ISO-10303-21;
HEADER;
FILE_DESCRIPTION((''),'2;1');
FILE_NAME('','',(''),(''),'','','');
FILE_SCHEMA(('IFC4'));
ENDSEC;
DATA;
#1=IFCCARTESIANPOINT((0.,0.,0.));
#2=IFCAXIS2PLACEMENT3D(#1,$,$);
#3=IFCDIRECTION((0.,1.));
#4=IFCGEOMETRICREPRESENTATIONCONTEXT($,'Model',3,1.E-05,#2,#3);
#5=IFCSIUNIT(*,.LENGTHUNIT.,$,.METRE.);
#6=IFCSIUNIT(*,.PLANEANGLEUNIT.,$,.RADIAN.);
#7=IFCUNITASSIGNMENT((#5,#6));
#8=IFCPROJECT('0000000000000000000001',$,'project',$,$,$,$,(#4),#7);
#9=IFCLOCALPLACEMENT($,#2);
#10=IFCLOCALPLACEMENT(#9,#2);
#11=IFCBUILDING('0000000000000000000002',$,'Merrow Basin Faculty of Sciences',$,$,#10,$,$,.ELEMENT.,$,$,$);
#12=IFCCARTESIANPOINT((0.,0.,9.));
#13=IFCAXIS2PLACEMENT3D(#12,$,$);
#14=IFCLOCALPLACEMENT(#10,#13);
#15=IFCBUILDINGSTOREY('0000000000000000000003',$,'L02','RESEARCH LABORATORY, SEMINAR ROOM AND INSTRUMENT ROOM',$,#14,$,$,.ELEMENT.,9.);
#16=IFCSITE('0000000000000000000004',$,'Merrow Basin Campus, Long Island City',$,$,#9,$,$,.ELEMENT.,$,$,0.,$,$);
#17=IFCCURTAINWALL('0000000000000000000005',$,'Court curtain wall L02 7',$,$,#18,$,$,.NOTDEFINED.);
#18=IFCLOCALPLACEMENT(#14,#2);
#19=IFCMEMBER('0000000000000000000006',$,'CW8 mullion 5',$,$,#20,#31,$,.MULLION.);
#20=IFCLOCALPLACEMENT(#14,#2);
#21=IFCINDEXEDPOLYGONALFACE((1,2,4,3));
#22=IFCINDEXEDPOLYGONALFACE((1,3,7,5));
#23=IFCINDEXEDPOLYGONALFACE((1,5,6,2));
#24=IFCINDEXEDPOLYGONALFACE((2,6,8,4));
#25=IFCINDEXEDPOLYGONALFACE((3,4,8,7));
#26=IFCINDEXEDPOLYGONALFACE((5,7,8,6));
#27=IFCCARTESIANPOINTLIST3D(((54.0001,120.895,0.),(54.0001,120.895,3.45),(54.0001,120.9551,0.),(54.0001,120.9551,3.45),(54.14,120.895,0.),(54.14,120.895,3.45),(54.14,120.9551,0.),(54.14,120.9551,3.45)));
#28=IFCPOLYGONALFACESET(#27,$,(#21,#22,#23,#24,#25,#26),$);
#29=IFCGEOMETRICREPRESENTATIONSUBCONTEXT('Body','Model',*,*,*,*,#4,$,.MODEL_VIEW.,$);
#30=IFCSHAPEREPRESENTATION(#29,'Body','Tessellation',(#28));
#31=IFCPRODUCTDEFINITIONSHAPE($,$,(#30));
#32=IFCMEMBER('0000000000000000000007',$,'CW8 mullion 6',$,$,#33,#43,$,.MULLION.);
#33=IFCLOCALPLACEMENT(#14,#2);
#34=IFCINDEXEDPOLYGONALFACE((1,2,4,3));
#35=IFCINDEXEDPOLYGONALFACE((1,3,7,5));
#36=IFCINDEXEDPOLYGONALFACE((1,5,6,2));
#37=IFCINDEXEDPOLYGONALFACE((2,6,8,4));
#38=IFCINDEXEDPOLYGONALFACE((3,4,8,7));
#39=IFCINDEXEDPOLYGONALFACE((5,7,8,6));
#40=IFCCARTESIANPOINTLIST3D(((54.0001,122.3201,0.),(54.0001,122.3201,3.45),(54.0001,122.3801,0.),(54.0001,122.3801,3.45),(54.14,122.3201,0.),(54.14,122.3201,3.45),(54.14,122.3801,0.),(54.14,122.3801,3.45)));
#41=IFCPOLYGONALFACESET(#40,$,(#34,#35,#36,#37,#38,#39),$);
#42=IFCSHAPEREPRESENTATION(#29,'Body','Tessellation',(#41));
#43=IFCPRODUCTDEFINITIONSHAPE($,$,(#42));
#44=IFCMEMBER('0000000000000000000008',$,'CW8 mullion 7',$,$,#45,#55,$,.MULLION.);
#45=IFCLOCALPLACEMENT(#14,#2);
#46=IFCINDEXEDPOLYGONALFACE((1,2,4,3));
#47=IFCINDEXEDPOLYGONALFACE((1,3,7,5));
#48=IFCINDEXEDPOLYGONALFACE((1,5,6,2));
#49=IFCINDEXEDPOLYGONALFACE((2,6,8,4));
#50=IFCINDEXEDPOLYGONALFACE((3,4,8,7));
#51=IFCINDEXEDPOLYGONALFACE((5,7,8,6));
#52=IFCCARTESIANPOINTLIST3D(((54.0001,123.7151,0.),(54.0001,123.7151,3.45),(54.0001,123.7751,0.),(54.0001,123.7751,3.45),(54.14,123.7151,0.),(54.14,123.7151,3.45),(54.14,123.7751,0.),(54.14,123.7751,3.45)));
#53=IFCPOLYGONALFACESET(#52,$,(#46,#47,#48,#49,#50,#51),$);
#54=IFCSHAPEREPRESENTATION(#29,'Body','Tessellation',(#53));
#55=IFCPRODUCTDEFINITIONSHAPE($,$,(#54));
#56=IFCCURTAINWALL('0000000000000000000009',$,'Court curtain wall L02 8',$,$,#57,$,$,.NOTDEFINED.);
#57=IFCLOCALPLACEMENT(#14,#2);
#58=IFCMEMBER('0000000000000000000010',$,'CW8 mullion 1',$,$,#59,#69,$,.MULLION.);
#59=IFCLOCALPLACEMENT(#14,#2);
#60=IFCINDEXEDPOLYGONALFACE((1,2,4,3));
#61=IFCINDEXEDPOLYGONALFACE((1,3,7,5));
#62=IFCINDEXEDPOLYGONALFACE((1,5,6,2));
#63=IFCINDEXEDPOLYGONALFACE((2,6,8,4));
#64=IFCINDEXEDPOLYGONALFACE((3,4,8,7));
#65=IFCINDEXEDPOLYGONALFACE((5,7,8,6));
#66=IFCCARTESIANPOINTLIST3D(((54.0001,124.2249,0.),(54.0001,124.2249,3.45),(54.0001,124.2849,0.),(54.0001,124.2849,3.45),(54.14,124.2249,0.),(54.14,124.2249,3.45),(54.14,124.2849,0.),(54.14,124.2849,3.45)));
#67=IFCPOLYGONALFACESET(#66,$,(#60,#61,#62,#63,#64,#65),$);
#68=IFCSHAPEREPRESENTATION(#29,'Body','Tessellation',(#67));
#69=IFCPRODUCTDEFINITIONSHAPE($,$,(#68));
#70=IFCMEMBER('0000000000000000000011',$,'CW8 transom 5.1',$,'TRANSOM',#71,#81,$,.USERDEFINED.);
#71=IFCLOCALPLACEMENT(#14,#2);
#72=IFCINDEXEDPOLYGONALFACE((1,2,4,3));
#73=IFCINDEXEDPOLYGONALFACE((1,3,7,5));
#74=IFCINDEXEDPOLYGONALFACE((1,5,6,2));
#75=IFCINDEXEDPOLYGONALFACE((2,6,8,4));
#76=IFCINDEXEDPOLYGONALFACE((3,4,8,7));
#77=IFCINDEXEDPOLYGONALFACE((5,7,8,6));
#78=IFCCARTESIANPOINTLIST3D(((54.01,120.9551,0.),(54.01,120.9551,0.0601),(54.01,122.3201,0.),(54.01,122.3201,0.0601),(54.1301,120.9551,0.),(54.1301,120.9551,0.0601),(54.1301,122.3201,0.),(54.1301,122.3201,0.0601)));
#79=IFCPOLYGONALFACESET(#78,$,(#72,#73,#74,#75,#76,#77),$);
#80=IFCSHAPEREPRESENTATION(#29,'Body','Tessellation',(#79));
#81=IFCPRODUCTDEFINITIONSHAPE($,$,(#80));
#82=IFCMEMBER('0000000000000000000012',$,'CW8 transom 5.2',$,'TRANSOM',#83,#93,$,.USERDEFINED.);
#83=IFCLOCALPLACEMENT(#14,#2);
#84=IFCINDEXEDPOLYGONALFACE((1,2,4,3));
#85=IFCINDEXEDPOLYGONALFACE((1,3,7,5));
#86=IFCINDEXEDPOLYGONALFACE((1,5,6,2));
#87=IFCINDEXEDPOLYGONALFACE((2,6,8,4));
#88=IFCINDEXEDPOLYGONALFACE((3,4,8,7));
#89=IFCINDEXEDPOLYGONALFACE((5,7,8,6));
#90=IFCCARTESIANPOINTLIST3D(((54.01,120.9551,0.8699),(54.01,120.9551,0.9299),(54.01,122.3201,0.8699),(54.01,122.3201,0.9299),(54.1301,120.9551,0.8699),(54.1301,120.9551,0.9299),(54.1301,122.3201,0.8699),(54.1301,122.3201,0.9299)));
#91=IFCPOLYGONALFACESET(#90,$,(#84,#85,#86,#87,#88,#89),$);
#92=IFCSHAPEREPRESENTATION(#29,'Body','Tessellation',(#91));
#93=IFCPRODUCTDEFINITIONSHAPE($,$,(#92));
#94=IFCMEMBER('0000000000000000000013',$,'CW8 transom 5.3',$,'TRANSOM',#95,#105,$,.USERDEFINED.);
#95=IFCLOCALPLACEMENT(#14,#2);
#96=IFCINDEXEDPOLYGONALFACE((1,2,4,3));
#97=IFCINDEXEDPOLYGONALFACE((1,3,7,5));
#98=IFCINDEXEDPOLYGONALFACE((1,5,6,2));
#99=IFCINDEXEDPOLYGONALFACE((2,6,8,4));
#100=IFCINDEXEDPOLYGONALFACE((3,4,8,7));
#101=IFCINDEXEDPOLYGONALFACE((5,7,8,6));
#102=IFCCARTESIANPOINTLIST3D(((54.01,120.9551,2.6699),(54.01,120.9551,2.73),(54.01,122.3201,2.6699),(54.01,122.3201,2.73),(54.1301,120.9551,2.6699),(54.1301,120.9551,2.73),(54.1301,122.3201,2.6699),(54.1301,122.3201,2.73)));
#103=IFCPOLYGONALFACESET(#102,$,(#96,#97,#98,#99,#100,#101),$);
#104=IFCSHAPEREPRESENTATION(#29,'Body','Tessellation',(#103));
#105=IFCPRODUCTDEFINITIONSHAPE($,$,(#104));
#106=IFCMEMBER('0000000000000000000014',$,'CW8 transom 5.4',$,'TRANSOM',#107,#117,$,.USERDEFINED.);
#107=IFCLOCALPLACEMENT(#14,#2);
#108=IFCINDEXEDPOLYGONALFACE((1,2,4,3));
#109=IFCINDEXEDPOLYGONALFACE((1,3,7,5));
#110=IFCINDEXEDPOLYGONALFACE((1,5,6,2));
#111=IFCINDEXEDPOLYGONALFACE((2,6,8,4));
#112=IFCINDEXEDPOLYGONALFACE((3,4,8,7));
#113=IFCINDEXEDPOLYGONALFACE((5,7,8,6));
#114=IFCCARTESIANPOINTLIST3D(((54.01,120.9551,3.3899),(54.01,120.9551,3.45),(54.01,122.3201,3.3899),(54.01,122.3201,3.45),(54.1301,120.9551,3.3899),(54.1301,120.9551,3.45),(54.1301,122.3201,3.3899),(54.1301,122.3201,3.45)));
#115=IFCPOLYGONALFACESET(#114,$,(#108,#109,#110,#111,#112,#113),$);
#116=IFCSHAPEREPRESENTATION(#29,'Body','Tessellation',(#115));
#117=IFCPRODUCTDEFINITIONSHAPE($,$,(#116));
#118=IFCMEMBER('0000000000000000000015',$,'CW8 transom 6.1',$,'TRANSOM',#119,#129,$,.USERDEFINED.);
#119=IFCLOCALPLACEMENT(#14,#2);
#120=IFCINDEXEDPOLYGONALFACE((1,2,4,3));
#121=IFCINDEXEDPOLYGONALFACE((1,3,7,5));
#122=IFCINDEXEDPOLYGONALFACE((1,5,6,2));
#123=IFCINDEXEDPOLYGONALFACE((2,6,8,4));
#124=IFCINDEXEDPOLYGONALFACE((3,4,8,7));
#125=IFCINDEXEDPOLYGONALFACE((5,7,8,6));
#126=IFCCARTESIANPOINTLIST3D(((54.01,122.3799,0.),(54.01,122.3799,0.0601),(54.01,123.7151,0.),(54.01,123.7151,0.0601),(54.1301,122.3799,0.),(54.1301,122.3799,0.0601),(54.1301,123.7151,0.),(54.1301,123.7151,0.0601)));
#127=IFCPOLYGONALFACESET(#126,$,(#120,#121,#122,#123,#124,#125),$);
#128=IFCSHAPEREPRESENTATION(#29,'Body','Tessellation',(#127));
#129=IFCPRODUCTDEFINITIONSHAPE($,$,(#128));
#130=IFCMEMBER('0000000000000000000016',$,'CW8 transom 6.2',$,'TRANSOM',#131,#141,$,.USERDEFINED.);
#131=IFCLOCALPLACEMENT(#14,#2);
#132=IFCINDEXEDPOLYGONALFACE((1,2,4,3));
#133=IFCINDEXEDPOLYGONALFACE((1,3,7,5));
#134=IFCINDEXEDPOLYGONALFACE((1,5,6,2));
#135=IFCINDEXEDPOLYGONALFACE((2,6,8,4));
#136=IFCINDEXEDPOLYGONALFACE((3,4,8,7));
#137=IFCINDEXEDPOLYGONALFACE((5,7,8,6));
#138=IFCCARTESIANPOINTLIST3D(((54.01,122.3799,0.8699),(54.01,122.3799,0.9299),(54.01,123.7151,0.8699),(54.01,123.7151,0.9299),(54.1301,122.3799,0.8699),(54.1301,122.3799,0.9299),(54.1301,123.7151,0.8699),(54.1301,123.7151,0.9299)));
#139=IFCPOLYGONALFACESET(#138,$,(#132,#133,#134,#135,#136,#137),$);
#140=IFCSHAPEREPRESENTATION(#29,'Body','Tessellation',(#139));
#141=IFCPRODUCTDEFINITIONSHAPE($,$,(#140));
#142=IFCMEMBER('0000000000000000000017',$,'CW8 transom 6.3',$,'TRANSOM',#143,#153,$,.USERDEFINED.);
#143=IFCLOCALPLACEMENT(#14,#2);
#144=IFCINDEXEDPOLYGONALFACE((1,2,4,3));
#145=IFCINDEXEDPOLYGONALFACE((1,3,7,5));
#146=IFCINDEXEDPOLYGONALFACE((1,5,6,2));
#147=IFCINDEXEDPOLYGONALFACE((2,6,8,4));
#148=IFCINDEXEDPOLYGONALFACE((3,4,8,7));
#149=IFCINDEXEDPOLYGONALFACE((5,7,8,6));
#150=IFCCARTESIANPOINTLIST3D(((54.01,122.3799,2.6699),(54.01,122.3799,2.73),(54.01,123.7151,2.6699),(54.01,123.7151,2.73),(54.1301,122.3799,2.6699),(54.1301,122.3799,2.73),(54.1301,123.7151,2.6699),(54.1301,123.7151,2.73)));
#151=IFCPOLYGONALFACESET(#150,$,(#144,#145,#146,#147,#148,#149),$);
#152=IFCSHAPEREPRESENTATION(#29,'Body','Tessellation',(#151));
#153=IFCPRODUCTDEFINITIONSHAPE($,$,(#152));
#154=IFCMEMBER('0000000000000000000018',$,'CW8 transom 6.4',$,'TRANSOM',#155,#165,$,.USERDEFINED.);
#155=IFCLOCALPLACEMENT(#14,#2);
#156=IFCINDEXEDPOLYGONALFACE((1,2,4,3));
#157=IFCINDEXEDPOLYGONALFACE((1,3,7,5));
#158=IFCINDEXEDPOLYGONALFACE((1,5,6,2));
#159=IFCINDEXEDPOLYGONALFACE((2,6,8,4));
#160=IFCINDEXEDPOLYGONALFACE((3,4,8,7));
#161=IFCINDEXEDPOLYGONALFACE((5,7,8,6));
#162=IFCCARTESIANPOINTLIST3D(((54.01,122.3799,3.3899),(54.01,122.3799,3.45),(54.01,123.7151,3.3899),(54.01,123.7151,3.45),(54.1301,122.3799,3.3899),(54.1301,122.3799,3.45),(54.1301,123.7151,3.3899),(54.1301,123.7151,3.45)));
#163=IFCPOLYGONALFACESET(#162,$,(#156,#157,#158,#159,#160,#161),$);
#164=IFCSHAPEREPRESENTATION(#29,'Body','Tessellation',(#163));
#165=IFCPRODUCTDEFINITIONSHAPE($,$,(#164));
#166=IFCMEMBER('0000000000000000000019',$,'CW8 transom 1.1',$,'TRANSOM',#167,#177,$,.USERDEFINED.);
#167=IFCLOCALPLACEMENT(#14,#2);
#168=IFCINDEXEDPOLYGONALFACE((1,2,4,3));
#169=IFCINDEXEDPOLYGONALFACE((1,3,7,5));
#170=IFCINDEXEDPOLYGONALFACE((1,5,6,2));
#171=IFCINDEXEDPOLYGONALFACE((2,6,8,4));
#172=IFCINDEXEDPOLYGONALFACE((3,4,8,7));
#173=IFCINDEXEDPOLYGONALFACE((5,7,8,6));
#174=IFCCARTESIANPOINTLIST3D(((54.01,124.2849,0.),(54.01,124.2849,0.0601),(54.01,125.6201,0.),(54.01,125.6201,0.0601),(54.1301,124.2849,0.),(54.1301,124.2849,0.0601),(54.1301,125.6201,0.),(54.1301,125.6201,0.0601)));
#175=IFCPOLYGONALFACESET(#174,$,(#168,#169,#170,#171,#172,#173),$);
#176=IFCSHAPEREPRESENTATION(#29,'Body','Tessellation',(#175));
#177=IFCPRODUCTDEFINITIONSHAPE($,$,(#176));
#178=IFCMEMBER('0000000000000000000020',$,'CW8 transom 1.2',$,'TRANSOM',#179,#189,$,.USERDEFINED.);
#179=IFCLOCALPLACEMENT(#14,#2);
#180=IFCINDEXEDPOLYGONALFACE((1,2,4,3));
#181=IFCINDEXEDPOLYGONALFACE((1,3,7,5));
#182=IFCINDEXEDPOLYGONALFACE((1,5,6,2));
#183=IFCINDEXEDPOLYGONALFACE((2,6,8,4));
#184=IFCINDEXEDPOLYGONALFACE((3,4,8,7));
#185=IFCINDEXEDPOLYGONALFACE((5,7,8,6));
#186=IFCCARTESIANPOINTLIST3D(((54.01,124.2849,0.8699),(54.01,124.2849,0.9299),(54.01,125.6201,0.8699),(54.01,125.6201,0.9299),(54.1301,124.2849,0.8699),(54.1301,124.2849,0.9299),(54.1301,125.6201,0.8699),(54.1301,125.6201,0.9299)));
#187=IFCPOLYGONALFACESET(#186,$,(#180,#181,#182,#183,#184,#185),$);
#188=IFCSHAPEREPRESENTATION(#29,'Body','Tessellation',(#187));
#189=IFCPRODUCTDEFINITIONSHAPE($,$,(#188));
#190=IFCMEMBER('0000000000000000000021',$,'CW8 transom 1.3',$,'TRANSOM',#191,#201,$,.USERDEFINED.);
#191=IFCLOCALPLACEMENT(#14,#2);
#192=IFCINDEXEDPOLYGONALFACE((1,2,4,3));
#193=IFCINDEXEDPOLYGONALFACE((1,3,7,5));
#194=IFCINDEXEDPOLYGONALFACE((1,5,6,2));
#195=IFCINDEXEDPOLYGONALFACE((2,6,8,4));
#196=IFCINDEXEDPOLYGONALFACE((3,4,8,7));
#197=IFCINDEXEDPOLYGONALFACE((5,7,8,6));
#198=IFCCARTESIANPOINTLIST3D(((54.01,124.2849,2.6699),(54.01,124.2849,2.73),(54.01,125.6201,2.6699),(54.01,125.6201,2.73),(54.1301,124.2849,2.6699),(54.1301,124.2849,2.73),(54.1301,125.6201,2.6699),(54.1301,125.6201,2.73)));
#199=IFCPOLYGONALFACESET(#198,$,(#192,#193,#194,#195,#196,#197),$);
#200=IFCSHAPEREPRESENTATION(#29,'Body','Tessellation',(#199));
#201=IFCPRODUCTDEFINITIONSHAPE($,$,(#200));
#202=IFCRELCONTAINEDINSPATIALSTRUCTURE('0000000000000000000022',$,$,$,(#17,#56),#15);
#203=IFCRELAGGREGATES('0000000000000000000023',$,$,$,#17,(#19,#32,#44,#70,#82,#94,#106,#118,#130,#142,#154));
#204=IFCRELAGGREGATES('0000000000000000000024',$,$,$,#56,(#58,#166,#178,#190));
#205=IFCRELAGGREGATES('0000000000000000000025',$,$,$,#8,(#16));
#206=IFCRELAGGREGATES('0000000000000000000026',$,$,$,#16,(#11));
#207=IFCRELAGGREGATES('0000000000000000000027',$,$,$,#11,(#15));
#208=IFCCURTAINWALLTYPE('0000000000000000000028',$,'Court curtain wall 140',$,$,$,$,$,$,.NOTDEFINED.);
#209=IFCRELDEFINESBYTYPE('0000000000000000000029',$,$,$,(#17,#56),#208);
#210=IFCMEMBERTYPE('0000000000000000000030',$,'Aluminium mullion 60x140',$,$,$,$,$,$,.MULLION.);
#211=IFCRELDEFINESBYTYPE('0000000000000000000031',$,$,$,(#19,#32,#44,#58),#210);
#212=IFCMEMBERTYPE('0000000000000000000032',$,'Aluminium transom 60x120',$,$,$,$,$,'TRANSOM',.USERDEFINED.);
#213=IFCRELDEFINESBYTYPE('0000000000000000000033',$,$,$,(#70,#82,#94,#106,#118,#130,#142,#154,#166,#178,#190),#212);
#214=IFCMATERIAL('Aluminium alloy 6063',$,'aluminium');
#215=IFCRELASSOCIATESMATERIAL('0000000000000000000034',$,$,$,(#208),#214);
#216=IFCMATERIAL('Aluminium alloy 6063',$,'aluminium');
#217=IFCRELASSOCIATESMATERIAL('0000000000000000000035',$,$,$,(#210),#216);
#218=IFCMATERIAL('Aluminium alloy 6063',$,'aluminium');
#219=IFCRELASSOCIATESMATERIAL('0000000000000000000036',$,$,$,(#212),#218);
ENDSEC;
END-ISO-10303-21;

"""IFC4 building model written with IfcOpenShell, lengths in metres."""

from ifc_helpers import new_model, si_unit, direction, frame, origin, origin_2d, place, context, subcontext, project, spatial, rectangle, extrude, material, material_profile, profile_set, type_object, element, aggregate, save


model = new_model("IFC4")

# Units and contexts
model_context = context("Model", 3, precision=1e-05, world=origin(), true_north=direction((0.0, 1.0)))
body_context = subcontext(model_context, "Body", "Model", "MODEL_VIEW")
ifc_project = project(units=[si_unit("LENGTHUNIT", "METRE"), si_unit("PLANEANGLEUNIT", "RADIAN")], contexts=[model_context])

# Site, building, storey
site_placement = place(None, origin())
site = spatial("IfcSite", under=ifc_project, at=site_placement, Name="Merrow Basin Campus, Long Island City", CompositionType="ELEMENT", RefElevation=0.0)
building_placement = place(site_placement, origin())
building = spatial("IfcBuilding", under=site, at=building_placement, Name="Merrow Basin Faculty of Sciences", CompositionType="ELEMENT")
storey_placement = place(building_placement, frame((0.0, 0.0, 9.0)))
storey = spatial("IfcBuildingStorey", under=building, at=storey_placement, Name="L02", Description="RESEARCH LABORATORY, SEMINAR ROOM AND INSTRUMENT ROOM", CompositionType="ELEMENT", Elevation=9.0)

# Curtain wall, members
ifc_material_1 = material(Name="Aluminium alloy 6063", Category="aluminium")
curtain_wall_type = type_object("IfcCurtainWallType", Name="Court curtain wall 140", PredefinedType="NOTDEFINED", material=ifc_material_1)
curtain_wall_1_placement = place(storey_placement, origin())
curtain_wall_1 = element("IfcCurtainWall", 1, at=curtain_wall_1_placement, inside=storey, type_object=curtain_wall_type, Name="Court curtain wall L02 7", PredefinedType="NOTDEFINED")
ifc_material_2 = material(Name="Aluminium alloy 6063", Category="aluminium")
ifc_material_profile_1 = material_profile(ifc_material_2, rectangle(XDim=0.1399, YDim=0.0601, at=origin_2d()))
ifc_profile_set_1 = profile_set([ifc_material_profile_1], Name="Aluminium alloy 6063")
member_type_1 = type_object("IfcMemberType", Name="Aluminium mullion 60x140", PredefinedType="MULLION", material=ifc_profile_set_1)
member_1_placement = place(storey_placement, frame((54.0701, 120.925, 0.0), z_axis=(0.0, 0.0, 1.0), x_axis=(-1.0, 0.0, 0.0)))
member_1 = element("IfcMember", 2, at=member_1_placement, type_object=member_type_1, Name="CW8 mullion 5", PredefinedType="MULLION", context=body_context, shape_type="SweptSolid", body=[
    extrude(rectangle(XDim=0.1399, YDim=0.0601, at=origin_2d()), origin(), (0.0, 0.0, 1.0), 3.45),
])
member_2_placement = place(storey_placement, frame((54.0701, 122.3501, 0.0), z_axis=(0.0, 0.0, 1.0), x_axis=(-1.0, 0.0, 0.0)))
member_2 = element("IfcMember", 3, at=member_2_placement, type_object=member_type_1, Name="CW8 mullion 6", PredefinedType="MULLION", context=body_context, shape_type="SweptSolid", body=[
    extrude(rectangle(XDim=0.1399, YDim=0.0601, at=origin_2d()), origin(), (0.0, 0.0, 1.0), 3.45),
])
member_3_placement = place(storey_placement, frame((54.0701, 123.7451, 0.0), z_axis=(0.0, 0.0, 1.0), x_axis=(-1.0, 0.0, 0.0)))
member_3 = element("IfcMember", 4, at=member_3_placement, type_object=member_type_1, Name="CW8 mullion 7", PredefinedType="MULLION", context=body_context, shape_type="SweptSolid", body=[
    extrude(rectangle(XDim=0.1399, YDim=0.0601, at=origin_2d()), origin(), (0.0, 0.0, 1.0), 3.45),
])

# Curtain wall, member
curtain_wall_2_placement = place(storey_placement, origin())
curtain_wall_2 = element("IfcCurtainWall", 5, at=curtain_wall_2_placement, inside=storey, type_object=curtain_wall_type, Name="Court curtain wall L02 8", PredefinedType="NOTDEFINED")
member_4_placement = place(storey_placement, frame((54.0701, 124.2549, 0.0), z_axis=(0.0, 0.0, 1.0), x_axis=(-1.0, 0.0, 0.0)))
member_4 = element("IfcMember", 6, at=member_4_placement, type_object=member_type_1, Name="CW8 mullion 1", PredefinedType="MULLION", context=body_context, shape_type="SweptSolid", body=[
    extrude(rectangle(XDim=0.1399, YDim=0.0601, at=origin_2d()), origin(), (0.0, 0.0, 1.0), 3.45),
])

# Members
ifc_material_3 = material(Name="Aluminium alloy 6063", Category="aluminium")
ifc_material_profile_2 = material_profile(ifc_material_3, rectangle(XDim=0.1201, YDim=0.0601, at=origin_2d()))
ifc_profile_set_2 = profile_set([ifc_material_profile_2], Name="Aluminium alloy 6063")
member_type_2 = type_object("IfcMemberType", Name="Aluminium transom 60x120", ElementType="TRANSOM", PredefinedType="USERDEFINED", material=ifc_profile_set_2)
member_5_placement = place(storey_placement, frame((54.0701, 120.9551, 0.03), z_axis=(0.0, 1.0, 0.0), x_axis=(-1.0, 0.0, 0.0)))
member_5 = element("IfcMember", 7, at=member_5_placement, type_object=member_type_2, Name="CW8 transom 5.1", ObjectType="TRANSOM", PredefinedType="USERDEFINED", context=body_context, shape_type="SweptSolid", body=[
    extrude(rectangle(XDim=0.1201, YDim=0.0601, at=origin_2d()), origin(), (0.0, 0.0, 1.0), 1.365),
])
member_6_placement = place(storey_placement, frame((54.0701, 120.9551, 0.8999), z_axis=(0.0, 1.0, 0.0), x_axis=(-1.0, 0.0, 0.0)))
member_6 = element("IfcMember", 8, at=member_6_placement, type_object=member_type_2, Name="CW8 transom 5.2", ObjectType="TRANSOM", PredefinedType="USERDEFINED", context=body_context, shape_type="SweptSolid", body=[
    extrude(rectangle(XDim=0.1201, YDim=0.0601, at=origin_2d()), origin(), (0.0, 0.0, 1.0), 1.365),
])
member_7_placement = place(storey_placement, frame((54.0701, 120.9551, 2.7), z_axis=(0.0, 1.0, 0.0), x_axis=(-1.0, 0.0, 0.0)))
member_7 = element("IfcMember", 9, at=member_7_placement, type_object=member_type_2, Name="CW8 transom 5.3", ObjectType="TRANSOM", PredefinedType="USERDEFINED", context=body_context, shape_type="SweptSolid", body=[
    extrude(rectangle(XDim=0.1201, YDim=0.0601, at=origin_2d()), origin(), (0.0, 0.0, 1.0), 1.365),
])
member_8_placement = place(storey_placement, frame((54.0701, 120.9551, 3.4199), z_axis=(0.0, 1.0, 0.0), x_axis=(-1.0, 0.0, 0.0)))
member_8 = element("IfcMember", 10, at=member_8_placement, type_object=member_type_2, Name="CW8 transom 5.4", ObjectType="TRANSOM", PredefinedType="USERDEFINED", context=body_context, shape_type="SweptSolid", body=[
    extrude(rectangle(XDim=0.1201, YDim=0.0601, at=origin_2d()), origin(), (0.0, 0.0, 1.0), 1.365),
])
member_9_placement = place(storey_placement, frame((54.0701, 122.3799, 0.03), z_axis=(0.0, 1.0, 0.0), x_axis=(-1.0, 0.0, 0.0)))
member_9 = element("IfcMember", 11, at=member_9_placement, type_object=member_type_2, Name="CW8 transom 6.1", ObjectType="TRANSOM", PredefinedType="USERDEFINED", context=body_context, shape_type="SweptSolid", body=[
    extrude(rectangle(XDim=0.1201, YDim=0.0601, at=origin_2d()), origin(), (0.0, 0.0, 1.0), 1.3352),
])
member_10_placement = place(storey_placement, frame((54.0701, 122.3799, 0.8999), z_axis=(0.0, 1.0, 0.0), x_axis=(-1.0, 0.0, 0.0)))
member_10 = element("IfcMember", 12, at=member_10_placement, type_object=member_type_2, Name="CW8 transom 6.2", ObjectType="TRANSOM", PredefinedType="USERDEFINED", context=body_context, shape_type="SweptSolid", body=[
    extrude(rectangle(XDim=0.1201, YDim=0.0601, at=origin_2d()), origin(), (0.0, 0.0, 1.0), 1.3352),
])
member_11_placement = place(storey_placement, frame((54.0701, 122.3799, 2.7), z_axis=(0.0, 1.0, 0.0), x_axis=(-1.0, 0.0, 0.0)))
member_11 = element("IfcMember", 13, at=member_11_placement, type_object=member_type_2, Name="CW8 transom 6.3", ObjectType="TRANSOM", PredefinedType="USERDEFINED", context=body_context, shape_type="SweptSolid", body=[
    extrude(rectangle(XDim=0.1201, YDim=0.0601, at=origin_2d()), origin(), (0.0, 0.0, 1.0), 1.3352),
])
member_12_placement = place(storey_placement, frame((54.0701, 122.3799, 3.4199), z_axis=(0.0, 1.0, 0.0), x_axis=(-1.0, 0.0, 0.0)))
member_12 = element("IfcMember", 14, at=member_12_placement, type_object=member_type_2, Name="CW8 transom 6.4", ObjectType="TRANSOM", PredefinedType="USERDEFINED", context=body_context, shape_type="SweptSolid", body=[
    extrude(rectangle(XDim=0.1201, YDim=0.0601, at=origin_2d()), origin(), (0.0, 0.0, 1.0), 1.3352),
])
member_13_placement = place(storey_placement, frame((54.0701, 124.2849, 0.03), z_axis=(0.0, 1.0, 0.0), x_axis=(-1.0, 0.0, 0.0)))
member_13 = element("IfcMember", 15, at=member_13_placement, type_object=member_type_2, Name="CW8 transom 1.1", ObjectType="TRANSOM", PredefinedType="USERDEFINED", context=body_context, shape_type="SweptSolid", body=[
    extrude(rectangle(XDim=0.1201, YDim=0.0601, at=origin_2d()), origin(), (0.0, 0.0, 1.0), 1.3352),
])
member_14_placement = place(storey_placement, frame((54.0701, 124.2849, 0.8999), z_axis=(0.0, 1.0, 0.0), x_axis=(-1.0, 0.0, 0.0)))
member_14 = element("IfcMember", 16, at=member_14_placement, type_object=member_type_2, Name="CW8 transom 1.2", ObjectType="TRANSOM", PredefinedType="USERDEFINED", context=body_context, shape_type="SweptSolid", body=[
    extrude(rectangle(XDim=0.1201, YDim=0.0601, at=origin_2d()), origin(), (0.0, 0.0, 1.0), 1.3352),
])
member_15_placement = place(storey_placement, frame((54.0701, 124.2849, 2.7), z_axis=(0.0, 1.0, 0.0), x_axis=(-1.0, 0.0, 0.0)))
member_15 = element("IfcMember", 17, at=member_15_placement, type_object=member_type_2, Name="CW8 transom 1.3", ObjectType="TRANSOM", PredefinedType="USERDEFINED", context=body_context, shape_type="SweptSolid", body=[
    extrude(rectangle(XDim=0.1201, YDim=0.0601, at=origin_2d()), origin(), (0.0, 0.0, 1.0), 1.3352),
])

aggregate(curtain_wall_1, [member_1, member_2, member_3, member_5, member_6, member_7, member_8, member_9, member_10, member_11, member_12])
aggregate(curtain_wall_2, [member_4, member_13, member_14, member_15])

save(model, "model.ifc")
